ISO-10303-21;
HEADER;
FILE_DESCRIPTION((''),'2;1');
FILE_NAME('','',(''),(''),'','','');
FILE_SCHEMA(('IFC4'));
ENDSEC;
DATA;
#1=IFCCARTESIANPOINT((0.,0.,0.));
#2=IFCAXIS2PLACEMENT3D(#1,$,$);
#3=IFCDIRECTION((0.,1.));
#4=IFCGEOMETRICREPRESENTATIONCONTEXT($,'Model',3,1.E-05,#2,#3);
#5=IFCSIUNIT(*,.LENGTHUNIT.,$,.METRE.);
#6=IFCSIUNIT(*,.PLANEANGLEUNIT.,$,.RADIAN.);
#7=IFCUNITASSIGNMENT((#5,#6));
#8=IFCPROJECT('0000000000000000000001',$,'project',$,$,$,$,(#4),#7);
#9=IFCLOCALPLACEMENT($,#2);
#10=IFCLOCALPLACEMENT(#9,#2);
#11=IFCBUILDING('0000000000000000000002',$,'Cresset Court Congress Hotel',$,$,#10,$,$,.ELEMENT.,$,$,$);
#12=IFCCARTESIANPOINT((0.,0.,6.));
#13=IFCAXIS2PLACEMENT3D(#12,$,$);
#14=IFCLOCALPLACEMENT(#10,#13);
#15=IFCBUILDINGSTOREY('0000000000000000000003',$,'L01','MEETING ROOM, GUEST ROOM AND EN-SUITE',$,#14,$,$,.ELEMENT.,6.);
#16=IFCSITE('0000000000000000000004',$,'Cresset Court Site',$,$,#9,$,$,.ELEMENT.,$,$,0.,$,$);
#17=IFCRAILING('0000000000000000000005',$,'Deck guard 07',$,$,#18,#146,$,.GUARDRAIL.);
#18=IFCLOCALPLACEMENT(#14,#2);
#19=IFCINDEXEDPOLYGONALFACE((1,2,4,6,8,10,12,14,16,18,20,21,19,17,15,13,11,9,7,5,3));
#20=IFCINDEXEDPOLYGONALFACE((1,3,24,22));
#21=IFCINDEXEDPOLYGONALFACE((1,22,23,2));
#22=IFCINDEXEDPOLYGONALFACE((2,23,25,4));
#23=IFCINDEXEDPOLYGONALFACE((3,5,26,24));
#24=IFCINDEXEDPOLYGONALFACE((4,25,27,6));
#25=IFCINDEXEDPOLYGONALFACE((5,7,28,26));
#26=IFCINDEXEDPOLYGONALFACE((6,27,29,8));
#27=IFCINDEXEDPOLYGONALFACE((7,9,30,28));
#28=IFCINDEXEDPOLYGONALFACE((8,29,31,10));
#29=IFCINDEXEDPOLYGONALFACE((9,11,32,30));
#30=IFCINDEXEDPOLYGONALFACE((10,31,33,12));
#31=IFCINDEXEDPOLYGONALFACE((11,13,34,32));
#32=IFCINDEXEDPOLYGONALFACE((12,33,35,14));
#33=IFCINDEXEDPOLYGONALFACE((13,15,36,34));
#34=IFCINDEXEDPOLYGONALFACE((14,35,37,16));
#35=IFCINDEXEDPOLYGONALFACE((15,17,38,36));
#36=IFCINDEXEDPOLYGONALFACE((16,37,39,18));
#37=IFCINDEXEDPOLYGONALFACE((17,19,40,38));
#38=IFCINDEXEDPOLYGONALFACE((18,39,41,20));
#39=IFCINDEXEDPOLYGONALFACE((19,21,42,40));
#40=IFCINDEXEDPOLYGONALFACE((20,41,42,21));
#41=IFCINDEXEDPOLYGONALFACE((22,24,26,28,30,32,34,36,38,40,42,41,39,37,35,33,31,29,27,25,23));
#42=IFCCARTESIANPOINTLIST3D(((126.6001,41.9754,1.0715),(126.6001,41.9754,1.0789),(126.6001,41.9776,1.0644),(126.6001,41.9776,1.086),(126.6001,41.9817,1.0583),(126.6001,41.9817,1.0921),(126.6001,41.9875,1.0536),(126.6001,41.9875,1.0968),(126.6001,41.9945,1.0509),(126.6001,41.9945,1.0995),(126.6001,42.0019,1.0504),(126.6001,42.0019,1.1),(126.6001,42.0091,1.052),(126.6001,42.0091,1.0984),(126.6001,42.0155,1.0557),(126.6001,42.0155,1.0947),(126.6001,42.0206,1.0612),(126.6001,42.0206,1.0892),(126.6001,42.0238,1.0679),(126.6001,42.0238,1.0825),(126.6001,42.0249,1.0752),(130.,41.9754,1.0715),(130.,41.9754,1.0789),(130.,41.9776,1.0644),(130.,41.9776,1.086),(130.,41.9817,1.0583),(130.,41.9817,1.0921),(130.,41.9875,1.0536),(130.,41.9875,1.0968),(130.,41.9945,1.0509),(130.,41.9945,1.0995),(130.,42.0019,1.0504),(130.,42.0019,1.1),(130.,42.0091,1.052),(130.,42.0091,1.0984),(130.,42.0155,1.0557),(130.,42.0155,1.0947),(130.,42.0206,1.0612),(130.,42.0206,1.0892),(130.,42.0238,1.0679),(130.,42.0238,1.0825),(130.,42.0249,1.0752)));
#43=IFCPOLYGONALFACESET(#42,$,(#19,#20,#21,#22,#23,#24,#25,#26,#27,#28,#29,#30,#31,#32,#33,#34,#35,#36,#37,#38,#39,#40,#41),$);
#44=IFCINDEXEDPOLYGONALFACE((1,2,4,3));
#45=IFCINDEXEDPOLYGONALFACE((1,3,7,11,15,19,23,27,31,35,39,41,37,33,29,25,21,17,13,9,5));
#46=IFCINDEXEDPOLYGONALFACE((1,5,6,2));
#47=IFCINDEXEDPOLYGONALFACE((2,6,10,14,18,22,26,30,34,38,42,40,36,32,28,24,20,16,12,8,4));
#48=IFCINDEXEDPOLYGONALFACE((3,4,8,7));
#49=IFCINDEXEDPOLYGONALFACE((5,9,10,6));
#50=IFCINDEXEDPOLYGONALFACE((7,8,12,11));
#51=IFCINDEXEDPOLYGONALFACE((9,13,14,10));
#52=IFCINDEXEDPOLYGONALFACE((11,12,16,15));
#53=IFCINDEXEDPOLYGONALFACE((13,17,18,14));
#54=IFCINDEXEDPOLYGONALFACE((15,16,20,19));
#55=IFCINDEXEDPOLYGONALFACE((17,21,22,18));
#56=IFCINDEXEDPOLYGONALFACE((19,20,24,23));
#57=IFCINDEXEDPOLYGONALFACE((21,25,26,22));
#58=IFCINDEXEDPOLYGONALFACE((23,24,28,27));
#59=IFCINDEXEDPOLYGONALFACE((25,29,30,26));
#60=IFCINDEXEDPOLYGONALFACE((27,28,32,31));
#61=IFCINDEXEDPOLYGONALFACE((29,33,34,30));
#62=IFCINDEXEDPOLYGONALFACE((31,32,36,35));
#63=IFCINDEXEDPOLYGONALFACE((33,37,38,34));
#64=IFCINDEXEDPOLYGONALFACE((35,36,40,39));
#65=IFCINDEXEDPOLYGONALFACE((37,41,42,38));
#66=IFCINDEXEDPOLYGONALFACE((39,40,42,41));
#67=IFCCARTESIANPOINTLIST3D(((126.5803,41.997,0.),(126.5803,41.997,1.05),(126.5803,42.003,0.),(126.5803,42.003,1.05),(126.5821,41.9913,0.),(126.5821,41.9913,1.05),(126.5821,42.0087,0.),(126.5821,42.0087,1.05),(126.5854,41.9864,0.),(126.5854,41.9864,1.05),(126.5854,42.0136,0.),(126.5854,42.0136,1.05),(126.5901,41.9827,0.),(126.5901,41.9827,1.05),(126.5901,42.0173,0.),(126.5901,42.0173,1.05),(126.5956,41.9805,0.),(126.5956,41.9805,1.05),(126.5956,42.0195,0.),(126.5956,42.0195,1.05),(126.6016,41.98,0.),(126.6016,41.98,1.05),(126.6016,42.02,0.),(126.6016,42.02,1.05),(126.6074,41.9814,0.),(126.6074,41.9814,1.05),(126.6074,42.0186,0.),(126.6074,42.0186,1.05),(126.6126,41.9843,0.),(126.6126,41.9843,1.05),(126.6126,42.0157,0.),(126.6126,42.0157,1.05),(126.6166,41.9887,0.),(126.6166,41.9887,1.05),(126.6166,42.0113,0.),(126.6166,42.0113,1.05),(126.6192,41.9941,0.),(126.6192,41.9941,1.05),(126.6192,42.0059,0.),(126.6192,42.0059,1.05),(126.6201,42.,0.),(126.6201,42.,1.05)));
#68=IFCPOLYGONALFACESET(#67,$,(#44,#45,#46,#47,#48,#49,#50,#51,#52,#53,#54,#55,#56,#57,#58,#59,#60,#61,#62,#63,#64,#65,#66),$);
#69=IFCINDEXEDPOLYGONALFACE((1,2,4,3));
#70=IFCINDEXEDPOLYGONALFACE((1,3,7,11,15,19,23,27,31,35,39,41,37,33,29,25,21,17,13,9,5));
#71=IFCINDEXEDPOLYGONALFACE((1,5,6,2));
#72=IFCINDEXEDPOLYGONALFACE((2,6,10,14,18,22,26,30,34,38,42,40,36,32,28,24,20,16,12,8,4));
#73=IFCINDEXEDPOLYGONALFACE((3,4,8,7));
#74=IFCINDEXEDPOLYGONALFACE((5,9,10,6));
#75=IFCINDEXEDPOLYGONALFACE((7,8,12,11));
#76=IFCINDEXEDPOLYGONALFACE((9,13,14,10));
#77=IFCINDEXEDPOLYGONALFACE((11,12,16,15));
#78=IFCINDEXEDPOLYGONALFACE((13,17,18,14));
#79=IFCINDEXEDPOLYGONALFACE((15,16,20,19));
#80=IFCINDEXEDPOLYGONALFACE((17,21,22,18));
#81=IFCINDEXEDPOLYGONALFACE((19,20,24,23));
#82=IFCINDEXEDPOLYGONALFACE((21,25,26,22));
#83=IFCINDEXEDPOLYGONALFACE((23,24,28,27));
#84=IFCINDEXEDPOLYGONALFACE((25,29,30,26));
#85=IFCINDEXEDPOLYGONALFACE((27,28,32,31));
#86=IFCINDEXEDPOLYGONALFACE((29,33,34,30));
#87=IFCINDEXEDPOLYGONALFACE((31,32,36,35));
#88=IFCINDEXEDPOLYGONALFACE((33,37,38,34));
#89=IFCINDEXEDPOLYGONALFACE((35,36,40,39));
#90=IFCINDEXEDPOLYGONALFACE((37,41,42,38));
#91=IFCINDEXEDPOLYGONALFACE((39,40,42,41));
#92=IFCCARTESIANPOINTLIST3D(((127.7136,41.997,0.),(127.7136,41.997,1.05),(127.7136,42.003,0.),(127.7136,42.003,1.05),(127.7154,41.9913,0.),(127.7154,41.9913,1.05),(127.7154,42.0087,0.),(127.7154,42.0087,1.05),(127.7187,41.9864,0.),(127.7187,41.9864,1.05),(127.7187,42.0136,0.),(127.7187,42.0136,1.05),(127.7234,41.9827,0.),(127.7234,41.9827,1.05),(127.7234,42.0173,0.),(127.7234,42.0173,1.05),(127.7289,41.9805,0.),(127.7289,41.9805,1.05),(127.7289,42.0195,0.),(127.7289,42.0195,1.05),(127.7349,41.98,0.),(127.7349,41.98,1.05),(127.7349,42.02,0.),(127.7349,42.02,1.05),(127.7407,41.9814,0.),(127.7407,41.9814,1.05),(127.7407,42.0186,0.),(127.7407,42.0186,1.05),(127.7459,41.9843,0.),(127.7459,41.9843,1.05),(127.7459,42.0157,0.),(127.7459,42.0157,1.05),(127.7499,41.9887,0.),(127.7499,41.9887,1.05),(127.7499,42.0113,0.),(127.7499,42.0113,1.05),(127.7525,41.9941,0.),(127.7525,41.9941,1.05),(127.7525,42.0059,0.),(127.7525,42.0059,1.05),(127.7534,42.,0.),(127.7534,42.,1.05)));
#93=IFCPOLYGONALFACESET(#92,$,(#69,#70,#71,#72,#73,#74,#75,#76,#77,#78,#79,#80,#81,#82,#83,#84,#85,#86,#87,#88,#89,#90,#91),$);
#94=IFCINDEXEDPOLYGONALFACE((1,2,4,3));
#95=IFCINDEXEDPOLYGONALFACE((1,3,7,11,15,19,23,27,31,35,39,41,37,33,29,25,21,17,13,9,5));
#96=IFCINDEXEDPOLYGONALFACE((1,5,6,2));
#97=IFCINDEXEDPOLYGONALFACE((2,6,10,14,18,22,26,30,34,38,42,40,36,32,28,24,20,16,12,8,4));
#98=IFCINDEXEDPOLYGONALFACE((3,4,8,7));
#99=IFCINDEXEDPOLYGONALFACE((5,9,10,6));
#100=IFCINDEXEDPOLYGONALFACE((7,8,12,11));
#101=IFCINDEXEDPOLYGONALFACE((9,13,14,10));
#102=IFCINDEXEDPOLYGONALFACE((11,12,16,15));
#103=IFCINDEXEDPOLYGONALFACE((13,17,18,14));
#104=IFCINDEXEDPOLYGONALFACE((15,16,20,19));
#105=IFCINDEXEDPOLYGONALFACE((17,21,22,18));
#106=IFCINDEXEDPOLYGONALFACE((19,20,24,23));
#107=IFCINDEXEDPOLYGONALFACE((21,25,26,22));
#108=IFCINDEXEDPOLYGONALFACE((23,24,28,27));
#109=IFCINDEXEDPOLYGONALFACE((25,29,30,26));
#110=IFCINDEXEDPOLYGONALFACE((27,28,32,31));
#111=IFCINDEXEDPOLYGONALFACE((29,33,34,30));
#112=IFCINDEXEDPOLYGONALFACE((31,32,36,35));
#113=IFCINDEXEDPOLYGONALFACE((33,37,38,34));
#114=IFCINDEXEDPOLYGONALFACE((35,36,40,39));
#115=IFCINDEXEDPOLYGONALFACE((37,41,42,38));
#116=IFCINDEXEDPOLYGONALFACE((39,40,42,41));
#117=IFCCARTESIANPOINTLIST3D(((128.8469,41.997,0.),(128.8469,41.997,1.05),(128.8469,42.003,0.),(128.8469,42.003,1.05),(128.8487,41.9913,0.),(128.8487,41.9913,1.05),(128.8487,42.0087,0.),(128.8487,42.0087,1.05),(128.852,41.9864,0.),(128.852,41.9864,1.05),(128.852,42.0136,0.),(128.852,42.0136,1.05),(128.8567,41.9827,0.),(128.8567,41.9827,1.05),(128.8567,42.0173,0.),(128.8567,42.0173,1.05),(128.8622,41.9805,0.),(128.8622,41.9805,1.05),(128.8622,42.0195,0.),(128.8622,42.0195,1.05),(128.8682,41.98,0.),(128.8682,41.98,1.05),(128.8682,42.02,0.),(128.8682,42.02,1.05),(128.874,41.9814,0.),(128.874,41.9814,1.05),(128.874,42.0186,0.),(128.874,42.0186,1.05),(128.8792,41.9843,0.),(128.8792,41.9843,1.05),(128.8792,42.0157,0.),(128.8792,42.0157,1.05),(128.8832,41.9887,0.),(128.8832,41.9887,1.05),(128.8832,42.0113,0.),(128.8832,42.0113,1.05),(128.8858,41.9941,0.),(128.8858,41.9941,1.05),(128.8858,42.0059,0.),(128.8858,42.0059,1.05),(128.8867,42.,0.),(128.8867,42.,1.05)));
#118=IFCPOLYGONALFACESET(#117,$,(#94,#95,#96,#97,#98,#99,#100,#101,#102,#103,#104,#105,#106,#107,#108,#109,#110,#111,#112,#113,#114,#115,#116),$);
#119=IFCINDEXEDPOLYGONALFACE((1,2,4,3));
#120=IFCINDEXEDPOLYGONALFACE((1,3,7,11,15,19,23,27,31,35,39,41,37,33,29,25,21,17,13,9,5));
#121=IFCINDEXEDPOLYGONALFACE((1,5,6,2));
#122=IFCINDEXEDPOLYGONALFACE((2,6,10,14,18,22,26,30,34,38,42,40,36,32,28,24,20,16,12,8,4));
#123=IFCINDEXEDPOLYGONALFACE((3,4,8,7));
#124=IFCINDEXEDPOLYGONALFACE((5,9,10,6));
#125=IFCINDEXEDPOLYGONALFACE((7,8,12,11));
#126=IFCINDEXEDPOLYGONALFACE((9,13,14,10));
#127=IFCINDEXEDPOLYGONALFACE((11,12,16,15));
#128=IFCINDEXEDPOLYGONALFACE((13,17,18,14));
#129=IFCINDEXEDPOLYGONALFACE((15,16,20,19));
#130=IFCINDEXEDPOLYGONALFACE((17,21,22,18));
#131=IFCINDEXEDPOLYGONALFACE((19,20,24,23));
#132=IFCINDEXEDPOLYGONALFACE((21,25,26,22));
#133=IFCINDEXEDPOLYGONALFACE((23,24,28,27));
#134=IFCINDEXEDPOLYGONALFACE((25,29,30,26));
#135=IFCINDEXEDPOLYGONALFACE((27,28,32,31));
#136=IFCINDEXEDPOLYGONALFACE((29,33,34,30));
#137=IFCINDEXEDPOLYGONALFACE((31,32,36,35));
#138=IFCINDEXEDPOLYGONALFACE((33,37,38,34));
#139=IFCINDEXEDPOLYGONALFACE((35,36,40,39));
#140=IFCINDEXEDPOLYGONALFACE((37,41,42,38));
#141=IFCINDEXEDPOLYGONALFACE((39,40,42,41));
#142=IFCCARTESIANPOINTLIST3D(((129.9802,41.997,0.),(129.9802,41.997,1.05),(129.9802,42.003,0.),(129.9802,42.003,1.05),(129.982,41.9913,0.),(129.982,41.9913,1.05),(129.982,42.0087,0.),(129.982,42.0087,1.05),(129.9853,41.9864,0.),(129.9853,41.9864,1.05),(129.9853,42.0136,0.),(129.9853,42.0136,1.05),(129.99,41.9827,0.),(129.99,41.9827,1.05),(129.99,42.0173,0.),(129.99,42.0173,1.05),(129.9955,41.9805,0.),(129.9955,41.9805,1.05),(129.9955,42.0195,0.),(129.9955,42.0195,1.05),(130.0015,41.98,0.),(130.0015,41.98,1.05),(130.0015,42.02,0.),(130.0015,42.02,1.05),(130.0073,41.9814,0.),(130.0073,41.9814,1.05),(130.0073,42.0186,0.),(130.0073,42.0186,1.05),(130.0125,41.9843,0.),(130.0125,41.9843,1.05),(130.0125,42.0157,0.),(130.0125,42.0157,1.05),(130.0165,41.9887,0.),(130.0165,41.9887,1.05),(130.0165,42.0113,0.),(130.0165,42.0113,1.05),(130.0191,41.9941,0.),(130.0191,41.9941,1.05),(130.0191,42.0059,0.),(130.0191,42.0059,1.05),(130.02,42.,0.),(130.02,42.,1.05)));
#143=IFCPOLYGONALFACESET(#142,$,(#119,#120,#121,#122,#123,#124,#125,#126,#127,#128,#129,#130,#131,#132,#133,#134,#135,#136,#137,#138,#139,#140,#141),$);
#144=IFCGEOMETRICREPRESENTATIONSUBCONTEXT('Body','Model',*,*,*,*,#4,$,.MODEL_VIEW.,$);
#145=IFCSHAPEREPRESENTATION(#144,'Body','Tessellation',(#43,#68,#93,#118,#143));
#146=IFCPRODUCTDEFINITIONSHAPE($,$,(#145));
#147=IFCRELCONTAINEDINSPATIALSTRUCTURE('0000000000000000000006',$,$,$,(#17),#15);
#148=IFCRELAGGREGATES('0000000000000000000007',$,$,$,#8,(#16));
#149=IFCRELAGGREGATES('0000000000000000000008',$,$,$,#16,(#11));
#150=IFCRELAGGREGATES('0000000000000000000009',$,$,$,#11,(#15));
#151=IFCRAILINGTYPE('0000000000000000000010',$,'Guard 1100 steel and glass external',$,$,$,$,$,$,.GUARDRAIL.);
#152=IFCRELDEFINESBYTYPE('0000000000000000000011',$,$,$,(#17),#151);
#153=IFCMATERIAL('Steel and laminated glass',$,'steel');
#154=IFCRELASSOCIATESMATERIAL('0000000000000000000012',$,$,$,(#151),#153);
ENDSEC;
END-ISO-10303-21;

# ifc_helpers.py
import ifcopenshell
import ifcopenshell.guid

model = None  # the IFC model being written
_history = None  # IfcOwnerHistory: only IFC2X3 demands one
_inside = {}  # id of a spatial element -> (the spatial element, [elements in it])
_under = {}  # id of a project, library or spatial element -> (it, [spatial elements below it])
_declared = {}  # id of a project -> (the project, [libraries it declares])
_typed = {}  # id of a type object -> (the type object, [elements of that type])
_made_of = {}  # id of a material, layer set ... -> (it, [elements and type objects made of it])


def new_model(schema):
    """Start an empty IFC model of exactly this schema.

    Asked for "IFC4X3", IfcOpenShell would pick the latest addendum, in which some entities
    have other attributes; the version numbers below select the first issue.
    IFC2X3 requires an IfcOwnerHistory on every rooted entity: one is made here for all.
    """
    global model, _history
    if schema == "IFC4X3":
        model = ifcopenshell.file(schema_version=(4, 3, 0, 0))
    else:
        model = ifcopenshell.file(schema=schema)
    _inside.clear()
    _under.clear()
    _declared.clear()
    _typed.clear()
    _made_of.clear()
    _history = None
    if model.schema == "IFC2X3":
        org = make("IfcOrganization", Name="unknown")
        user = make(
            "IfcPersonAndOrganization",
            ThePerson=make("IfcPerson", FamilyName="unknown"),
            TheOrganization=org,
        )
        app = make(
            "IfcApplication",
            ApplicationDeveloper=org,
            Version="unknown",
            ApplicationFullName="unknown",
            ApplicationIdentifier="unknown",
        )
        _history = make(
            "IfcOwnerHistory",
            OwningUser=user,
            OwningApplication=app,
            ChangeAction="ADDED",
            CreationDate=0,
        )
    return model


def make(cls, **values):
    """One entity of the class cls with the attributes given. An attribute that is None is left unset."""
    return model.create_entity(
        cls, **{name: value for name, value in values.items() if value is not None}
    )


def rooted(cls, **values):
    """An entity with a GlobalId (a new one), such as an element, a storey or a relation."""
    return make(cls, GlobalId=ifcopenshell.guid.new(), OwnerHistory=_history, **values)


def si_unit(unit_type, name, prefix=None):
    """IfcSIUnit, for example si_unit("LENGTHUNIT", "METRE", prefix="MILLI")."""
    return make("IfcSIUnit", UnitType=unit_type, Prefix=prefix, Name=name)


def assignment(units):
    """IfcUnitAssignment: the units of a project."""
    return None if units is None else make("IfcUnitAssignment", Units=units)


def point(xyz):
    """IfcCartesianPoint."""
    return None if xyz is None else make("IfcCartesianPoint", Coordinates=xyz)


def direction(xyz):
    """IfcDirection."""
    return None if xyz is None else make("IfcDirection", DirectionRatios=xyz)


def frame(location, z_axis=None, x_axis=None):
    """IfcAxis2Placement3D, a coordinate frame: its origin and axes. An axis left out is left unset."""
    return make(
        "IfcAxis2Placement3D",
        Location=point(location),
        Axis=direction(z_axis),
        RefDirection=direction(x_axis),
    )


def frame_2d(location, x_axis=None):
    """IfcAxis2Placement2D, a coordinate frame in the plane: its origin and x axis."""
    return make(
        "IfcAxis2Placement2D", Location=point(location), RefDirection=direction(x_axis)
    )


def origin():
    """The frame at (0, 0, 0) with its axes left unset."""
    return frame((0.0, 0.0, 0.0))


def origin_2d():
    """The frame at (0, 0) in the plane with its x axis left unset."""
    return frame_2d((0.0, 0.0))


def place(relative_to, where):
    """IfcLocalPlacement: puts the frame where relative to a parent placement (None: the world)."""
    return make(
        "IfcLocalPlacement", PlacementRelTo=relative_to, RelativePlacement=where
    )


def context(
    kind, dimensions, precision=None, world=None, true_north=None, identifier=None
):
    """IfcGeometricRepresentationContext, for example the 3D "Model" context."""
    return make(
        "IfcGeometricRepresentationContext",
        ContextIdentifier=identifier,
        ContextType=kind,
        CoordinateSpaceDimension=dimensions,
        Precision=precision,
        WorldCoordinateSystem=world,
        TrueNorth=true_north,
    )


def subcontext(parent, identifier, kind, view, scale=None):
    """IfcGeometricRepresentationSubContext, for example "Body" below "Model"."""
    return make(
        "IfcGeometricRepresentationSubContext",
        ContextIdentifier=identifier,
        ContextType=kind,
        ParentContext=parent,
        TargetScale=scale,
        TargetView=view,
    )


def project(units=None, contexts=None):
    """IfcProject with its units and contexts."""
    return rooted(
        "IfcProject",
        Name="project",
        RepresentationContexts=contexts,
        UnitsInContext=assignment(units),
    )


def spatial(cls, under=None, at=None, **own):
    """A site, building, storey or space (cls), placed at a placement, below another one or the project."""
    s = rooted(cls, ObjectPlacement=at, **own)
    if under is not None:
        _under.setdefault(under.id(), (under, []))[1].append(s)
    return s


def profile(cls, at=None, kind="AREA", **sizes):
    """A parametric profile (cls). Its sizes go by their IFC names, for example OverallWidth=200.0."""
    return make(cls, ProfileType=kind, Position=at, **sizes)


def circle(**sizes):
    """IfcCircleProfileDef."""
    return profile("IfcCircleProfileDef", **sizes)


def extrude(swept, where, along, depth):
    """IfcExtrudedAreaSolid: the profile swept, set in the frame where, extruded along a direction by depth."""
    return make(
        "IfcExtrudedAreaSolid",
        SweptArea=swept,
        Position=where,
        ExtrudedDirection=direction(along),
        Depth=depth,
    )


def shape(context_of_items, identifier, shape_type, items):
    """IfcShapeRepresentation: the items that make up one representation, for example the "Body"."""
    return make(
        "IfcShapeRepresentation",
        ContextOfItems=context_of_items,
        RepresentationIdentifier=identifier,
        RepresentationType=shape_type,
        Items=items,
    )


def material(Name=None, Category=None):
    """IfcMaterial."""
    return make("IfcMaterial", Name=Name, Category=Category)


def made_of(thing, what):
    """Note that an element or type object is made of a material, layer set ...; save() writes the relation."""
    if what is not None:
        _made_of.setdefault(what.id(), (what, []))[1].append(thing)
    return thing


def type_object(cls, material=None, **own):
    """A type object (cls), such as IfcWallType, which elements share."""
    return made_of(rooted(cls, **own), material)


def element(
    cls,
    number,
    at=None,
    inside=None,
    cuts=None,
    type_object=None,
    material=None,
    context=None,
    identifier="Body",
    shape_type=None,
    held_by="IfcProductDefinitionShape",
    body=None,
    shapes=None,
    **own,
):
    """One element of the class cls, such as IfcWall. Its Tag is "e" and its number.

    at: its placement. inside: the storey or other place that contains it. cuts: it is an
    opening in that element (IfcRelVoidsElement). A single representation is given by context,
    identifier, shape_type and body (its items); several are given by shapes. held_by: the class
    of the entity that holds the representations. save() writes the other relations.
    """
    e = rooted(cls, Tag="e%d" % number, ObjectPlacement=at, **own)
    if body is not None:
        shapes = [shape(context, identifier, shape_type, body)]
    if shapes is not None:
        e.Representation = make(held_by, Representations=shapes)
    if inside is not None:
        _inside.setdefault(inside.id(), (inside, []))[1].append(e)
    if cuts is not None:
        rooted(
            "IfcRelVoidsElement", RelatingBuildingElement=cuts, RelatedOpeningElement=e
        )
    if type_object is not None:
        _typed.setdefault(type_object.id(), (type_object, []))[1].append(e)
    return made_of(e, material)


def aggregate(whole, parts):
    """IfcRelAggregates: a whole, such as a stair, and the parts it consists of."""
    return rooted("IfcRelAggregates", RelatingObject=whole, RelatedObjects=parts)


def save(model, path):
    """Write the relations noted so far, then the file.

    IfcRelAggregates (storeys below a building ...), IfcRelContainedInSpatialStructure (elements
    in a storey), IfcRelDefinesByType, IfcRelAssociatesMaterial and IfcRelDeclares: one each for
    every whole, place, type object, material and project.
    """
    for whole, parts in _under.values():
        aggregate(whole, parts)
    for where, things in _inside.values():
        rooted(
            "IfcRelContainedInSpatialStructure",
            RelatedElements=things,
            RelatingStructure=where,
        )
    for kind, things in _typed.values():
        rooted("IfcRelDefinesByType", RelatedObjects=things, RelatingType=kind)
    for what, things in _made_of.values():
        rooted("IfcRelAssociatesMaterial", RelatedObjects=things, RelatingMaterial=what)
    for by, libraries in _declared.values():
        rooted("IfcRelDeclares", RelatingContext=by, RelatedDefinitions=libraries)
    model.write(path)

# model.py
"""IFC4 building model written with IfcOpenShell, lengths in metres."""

from ifc_helpers import new_model, si_unit, direction, frame, origin, origin_2d, place, context, subcontext, project, spatial, circle, extrude, material, type_object, element, save


model = new_model("IFC4")

# Units and contexts
model_context = context("Model", 3, precision=1e-05, world=origin(), true_north=direction((0.0, 1.0)))
body_context = subcontext(model_context, "Body", "Model", "MODEL_VIEW")
ifc_project = project(units=[si_unit("LENGTHUNIT", "METRE"), si_unit("PLANEANGLEUNIT", "RADIAN")], contexts=[model_context])

# Site, building, storey
site_placement = place(None, origin())
site = spatial("IfcSite", under=ifc_project, at=site_placement, Name="Cresset Court Site", CompositionType="ELEMENT", RefElevation=0.0)
building_placement = place(site_placement, origin())
building = spatial("IfcBuilding", under=site, at=building_placement, Name="Cresset Court Congress Hotel", CompositionType="ELEMENT")
storey_placement = place(building_placement, frame((0.0, 0.0, 6.0)))
storey = spatial("IfcBuildingStorey", under=building, at=storey_placement, Name="L01", Description="MEETING ROOM, GUEST ROOM AND EN-SUITE", CompositionType="ELEMENT", Elevation=6.0)

# Railing
ifc_material_1 = material(Name="Steel and laminated glass", Category="steel")
railing_type = type_object("IfcRailingType", Name="Guard 1100 steel and glass external", PredefinedType="GUARDRAIL", material=ifc_material_1)
railing_1_placement = place(storey_placement, frame((126.6001, 42.0, 0.0)))
element("IfcRailing", 1, at=railing_1_placement, inside=storey, type_object=railing_type, Name="Deck guard 07", PredefinedType="GUARDRAIL", context=body_context, shape_type="SweptSolid", body=[
    extrude(circle(Radius=0.0249, at=origin_2d()), frame((0.0, 0.0, 1.0752), z_axis=(1.0, 0.0, 0.0), x_axis=(0.0, 1.0, 0.0)), (0.0, 0.0, 1.0), 3.3999),
    extrude(circle(Radius=0.02, at=origin_2d()), origin(), (0.0, 0.0, 1.0), 1.05),
    extrude(circle(Radius=0.02, at=origin_2d()), frame((1.1333, 0.0, 0.0)), (0.0, 0.0, 1.0), 1.05),
    extrude(circle(Radius=0.02, at=origin_2d()), frame((2.2666, 0.0, 0.0)), (0.0, 0.0, 1.0), 1.05),
    extrude(circle(Radius=0.02, at=origin_2d()), frame((3.3999, 0.0, 0.0)), (0.0, 0.0, 1.0), 1.05),
])

save(model, "model.ifc")
